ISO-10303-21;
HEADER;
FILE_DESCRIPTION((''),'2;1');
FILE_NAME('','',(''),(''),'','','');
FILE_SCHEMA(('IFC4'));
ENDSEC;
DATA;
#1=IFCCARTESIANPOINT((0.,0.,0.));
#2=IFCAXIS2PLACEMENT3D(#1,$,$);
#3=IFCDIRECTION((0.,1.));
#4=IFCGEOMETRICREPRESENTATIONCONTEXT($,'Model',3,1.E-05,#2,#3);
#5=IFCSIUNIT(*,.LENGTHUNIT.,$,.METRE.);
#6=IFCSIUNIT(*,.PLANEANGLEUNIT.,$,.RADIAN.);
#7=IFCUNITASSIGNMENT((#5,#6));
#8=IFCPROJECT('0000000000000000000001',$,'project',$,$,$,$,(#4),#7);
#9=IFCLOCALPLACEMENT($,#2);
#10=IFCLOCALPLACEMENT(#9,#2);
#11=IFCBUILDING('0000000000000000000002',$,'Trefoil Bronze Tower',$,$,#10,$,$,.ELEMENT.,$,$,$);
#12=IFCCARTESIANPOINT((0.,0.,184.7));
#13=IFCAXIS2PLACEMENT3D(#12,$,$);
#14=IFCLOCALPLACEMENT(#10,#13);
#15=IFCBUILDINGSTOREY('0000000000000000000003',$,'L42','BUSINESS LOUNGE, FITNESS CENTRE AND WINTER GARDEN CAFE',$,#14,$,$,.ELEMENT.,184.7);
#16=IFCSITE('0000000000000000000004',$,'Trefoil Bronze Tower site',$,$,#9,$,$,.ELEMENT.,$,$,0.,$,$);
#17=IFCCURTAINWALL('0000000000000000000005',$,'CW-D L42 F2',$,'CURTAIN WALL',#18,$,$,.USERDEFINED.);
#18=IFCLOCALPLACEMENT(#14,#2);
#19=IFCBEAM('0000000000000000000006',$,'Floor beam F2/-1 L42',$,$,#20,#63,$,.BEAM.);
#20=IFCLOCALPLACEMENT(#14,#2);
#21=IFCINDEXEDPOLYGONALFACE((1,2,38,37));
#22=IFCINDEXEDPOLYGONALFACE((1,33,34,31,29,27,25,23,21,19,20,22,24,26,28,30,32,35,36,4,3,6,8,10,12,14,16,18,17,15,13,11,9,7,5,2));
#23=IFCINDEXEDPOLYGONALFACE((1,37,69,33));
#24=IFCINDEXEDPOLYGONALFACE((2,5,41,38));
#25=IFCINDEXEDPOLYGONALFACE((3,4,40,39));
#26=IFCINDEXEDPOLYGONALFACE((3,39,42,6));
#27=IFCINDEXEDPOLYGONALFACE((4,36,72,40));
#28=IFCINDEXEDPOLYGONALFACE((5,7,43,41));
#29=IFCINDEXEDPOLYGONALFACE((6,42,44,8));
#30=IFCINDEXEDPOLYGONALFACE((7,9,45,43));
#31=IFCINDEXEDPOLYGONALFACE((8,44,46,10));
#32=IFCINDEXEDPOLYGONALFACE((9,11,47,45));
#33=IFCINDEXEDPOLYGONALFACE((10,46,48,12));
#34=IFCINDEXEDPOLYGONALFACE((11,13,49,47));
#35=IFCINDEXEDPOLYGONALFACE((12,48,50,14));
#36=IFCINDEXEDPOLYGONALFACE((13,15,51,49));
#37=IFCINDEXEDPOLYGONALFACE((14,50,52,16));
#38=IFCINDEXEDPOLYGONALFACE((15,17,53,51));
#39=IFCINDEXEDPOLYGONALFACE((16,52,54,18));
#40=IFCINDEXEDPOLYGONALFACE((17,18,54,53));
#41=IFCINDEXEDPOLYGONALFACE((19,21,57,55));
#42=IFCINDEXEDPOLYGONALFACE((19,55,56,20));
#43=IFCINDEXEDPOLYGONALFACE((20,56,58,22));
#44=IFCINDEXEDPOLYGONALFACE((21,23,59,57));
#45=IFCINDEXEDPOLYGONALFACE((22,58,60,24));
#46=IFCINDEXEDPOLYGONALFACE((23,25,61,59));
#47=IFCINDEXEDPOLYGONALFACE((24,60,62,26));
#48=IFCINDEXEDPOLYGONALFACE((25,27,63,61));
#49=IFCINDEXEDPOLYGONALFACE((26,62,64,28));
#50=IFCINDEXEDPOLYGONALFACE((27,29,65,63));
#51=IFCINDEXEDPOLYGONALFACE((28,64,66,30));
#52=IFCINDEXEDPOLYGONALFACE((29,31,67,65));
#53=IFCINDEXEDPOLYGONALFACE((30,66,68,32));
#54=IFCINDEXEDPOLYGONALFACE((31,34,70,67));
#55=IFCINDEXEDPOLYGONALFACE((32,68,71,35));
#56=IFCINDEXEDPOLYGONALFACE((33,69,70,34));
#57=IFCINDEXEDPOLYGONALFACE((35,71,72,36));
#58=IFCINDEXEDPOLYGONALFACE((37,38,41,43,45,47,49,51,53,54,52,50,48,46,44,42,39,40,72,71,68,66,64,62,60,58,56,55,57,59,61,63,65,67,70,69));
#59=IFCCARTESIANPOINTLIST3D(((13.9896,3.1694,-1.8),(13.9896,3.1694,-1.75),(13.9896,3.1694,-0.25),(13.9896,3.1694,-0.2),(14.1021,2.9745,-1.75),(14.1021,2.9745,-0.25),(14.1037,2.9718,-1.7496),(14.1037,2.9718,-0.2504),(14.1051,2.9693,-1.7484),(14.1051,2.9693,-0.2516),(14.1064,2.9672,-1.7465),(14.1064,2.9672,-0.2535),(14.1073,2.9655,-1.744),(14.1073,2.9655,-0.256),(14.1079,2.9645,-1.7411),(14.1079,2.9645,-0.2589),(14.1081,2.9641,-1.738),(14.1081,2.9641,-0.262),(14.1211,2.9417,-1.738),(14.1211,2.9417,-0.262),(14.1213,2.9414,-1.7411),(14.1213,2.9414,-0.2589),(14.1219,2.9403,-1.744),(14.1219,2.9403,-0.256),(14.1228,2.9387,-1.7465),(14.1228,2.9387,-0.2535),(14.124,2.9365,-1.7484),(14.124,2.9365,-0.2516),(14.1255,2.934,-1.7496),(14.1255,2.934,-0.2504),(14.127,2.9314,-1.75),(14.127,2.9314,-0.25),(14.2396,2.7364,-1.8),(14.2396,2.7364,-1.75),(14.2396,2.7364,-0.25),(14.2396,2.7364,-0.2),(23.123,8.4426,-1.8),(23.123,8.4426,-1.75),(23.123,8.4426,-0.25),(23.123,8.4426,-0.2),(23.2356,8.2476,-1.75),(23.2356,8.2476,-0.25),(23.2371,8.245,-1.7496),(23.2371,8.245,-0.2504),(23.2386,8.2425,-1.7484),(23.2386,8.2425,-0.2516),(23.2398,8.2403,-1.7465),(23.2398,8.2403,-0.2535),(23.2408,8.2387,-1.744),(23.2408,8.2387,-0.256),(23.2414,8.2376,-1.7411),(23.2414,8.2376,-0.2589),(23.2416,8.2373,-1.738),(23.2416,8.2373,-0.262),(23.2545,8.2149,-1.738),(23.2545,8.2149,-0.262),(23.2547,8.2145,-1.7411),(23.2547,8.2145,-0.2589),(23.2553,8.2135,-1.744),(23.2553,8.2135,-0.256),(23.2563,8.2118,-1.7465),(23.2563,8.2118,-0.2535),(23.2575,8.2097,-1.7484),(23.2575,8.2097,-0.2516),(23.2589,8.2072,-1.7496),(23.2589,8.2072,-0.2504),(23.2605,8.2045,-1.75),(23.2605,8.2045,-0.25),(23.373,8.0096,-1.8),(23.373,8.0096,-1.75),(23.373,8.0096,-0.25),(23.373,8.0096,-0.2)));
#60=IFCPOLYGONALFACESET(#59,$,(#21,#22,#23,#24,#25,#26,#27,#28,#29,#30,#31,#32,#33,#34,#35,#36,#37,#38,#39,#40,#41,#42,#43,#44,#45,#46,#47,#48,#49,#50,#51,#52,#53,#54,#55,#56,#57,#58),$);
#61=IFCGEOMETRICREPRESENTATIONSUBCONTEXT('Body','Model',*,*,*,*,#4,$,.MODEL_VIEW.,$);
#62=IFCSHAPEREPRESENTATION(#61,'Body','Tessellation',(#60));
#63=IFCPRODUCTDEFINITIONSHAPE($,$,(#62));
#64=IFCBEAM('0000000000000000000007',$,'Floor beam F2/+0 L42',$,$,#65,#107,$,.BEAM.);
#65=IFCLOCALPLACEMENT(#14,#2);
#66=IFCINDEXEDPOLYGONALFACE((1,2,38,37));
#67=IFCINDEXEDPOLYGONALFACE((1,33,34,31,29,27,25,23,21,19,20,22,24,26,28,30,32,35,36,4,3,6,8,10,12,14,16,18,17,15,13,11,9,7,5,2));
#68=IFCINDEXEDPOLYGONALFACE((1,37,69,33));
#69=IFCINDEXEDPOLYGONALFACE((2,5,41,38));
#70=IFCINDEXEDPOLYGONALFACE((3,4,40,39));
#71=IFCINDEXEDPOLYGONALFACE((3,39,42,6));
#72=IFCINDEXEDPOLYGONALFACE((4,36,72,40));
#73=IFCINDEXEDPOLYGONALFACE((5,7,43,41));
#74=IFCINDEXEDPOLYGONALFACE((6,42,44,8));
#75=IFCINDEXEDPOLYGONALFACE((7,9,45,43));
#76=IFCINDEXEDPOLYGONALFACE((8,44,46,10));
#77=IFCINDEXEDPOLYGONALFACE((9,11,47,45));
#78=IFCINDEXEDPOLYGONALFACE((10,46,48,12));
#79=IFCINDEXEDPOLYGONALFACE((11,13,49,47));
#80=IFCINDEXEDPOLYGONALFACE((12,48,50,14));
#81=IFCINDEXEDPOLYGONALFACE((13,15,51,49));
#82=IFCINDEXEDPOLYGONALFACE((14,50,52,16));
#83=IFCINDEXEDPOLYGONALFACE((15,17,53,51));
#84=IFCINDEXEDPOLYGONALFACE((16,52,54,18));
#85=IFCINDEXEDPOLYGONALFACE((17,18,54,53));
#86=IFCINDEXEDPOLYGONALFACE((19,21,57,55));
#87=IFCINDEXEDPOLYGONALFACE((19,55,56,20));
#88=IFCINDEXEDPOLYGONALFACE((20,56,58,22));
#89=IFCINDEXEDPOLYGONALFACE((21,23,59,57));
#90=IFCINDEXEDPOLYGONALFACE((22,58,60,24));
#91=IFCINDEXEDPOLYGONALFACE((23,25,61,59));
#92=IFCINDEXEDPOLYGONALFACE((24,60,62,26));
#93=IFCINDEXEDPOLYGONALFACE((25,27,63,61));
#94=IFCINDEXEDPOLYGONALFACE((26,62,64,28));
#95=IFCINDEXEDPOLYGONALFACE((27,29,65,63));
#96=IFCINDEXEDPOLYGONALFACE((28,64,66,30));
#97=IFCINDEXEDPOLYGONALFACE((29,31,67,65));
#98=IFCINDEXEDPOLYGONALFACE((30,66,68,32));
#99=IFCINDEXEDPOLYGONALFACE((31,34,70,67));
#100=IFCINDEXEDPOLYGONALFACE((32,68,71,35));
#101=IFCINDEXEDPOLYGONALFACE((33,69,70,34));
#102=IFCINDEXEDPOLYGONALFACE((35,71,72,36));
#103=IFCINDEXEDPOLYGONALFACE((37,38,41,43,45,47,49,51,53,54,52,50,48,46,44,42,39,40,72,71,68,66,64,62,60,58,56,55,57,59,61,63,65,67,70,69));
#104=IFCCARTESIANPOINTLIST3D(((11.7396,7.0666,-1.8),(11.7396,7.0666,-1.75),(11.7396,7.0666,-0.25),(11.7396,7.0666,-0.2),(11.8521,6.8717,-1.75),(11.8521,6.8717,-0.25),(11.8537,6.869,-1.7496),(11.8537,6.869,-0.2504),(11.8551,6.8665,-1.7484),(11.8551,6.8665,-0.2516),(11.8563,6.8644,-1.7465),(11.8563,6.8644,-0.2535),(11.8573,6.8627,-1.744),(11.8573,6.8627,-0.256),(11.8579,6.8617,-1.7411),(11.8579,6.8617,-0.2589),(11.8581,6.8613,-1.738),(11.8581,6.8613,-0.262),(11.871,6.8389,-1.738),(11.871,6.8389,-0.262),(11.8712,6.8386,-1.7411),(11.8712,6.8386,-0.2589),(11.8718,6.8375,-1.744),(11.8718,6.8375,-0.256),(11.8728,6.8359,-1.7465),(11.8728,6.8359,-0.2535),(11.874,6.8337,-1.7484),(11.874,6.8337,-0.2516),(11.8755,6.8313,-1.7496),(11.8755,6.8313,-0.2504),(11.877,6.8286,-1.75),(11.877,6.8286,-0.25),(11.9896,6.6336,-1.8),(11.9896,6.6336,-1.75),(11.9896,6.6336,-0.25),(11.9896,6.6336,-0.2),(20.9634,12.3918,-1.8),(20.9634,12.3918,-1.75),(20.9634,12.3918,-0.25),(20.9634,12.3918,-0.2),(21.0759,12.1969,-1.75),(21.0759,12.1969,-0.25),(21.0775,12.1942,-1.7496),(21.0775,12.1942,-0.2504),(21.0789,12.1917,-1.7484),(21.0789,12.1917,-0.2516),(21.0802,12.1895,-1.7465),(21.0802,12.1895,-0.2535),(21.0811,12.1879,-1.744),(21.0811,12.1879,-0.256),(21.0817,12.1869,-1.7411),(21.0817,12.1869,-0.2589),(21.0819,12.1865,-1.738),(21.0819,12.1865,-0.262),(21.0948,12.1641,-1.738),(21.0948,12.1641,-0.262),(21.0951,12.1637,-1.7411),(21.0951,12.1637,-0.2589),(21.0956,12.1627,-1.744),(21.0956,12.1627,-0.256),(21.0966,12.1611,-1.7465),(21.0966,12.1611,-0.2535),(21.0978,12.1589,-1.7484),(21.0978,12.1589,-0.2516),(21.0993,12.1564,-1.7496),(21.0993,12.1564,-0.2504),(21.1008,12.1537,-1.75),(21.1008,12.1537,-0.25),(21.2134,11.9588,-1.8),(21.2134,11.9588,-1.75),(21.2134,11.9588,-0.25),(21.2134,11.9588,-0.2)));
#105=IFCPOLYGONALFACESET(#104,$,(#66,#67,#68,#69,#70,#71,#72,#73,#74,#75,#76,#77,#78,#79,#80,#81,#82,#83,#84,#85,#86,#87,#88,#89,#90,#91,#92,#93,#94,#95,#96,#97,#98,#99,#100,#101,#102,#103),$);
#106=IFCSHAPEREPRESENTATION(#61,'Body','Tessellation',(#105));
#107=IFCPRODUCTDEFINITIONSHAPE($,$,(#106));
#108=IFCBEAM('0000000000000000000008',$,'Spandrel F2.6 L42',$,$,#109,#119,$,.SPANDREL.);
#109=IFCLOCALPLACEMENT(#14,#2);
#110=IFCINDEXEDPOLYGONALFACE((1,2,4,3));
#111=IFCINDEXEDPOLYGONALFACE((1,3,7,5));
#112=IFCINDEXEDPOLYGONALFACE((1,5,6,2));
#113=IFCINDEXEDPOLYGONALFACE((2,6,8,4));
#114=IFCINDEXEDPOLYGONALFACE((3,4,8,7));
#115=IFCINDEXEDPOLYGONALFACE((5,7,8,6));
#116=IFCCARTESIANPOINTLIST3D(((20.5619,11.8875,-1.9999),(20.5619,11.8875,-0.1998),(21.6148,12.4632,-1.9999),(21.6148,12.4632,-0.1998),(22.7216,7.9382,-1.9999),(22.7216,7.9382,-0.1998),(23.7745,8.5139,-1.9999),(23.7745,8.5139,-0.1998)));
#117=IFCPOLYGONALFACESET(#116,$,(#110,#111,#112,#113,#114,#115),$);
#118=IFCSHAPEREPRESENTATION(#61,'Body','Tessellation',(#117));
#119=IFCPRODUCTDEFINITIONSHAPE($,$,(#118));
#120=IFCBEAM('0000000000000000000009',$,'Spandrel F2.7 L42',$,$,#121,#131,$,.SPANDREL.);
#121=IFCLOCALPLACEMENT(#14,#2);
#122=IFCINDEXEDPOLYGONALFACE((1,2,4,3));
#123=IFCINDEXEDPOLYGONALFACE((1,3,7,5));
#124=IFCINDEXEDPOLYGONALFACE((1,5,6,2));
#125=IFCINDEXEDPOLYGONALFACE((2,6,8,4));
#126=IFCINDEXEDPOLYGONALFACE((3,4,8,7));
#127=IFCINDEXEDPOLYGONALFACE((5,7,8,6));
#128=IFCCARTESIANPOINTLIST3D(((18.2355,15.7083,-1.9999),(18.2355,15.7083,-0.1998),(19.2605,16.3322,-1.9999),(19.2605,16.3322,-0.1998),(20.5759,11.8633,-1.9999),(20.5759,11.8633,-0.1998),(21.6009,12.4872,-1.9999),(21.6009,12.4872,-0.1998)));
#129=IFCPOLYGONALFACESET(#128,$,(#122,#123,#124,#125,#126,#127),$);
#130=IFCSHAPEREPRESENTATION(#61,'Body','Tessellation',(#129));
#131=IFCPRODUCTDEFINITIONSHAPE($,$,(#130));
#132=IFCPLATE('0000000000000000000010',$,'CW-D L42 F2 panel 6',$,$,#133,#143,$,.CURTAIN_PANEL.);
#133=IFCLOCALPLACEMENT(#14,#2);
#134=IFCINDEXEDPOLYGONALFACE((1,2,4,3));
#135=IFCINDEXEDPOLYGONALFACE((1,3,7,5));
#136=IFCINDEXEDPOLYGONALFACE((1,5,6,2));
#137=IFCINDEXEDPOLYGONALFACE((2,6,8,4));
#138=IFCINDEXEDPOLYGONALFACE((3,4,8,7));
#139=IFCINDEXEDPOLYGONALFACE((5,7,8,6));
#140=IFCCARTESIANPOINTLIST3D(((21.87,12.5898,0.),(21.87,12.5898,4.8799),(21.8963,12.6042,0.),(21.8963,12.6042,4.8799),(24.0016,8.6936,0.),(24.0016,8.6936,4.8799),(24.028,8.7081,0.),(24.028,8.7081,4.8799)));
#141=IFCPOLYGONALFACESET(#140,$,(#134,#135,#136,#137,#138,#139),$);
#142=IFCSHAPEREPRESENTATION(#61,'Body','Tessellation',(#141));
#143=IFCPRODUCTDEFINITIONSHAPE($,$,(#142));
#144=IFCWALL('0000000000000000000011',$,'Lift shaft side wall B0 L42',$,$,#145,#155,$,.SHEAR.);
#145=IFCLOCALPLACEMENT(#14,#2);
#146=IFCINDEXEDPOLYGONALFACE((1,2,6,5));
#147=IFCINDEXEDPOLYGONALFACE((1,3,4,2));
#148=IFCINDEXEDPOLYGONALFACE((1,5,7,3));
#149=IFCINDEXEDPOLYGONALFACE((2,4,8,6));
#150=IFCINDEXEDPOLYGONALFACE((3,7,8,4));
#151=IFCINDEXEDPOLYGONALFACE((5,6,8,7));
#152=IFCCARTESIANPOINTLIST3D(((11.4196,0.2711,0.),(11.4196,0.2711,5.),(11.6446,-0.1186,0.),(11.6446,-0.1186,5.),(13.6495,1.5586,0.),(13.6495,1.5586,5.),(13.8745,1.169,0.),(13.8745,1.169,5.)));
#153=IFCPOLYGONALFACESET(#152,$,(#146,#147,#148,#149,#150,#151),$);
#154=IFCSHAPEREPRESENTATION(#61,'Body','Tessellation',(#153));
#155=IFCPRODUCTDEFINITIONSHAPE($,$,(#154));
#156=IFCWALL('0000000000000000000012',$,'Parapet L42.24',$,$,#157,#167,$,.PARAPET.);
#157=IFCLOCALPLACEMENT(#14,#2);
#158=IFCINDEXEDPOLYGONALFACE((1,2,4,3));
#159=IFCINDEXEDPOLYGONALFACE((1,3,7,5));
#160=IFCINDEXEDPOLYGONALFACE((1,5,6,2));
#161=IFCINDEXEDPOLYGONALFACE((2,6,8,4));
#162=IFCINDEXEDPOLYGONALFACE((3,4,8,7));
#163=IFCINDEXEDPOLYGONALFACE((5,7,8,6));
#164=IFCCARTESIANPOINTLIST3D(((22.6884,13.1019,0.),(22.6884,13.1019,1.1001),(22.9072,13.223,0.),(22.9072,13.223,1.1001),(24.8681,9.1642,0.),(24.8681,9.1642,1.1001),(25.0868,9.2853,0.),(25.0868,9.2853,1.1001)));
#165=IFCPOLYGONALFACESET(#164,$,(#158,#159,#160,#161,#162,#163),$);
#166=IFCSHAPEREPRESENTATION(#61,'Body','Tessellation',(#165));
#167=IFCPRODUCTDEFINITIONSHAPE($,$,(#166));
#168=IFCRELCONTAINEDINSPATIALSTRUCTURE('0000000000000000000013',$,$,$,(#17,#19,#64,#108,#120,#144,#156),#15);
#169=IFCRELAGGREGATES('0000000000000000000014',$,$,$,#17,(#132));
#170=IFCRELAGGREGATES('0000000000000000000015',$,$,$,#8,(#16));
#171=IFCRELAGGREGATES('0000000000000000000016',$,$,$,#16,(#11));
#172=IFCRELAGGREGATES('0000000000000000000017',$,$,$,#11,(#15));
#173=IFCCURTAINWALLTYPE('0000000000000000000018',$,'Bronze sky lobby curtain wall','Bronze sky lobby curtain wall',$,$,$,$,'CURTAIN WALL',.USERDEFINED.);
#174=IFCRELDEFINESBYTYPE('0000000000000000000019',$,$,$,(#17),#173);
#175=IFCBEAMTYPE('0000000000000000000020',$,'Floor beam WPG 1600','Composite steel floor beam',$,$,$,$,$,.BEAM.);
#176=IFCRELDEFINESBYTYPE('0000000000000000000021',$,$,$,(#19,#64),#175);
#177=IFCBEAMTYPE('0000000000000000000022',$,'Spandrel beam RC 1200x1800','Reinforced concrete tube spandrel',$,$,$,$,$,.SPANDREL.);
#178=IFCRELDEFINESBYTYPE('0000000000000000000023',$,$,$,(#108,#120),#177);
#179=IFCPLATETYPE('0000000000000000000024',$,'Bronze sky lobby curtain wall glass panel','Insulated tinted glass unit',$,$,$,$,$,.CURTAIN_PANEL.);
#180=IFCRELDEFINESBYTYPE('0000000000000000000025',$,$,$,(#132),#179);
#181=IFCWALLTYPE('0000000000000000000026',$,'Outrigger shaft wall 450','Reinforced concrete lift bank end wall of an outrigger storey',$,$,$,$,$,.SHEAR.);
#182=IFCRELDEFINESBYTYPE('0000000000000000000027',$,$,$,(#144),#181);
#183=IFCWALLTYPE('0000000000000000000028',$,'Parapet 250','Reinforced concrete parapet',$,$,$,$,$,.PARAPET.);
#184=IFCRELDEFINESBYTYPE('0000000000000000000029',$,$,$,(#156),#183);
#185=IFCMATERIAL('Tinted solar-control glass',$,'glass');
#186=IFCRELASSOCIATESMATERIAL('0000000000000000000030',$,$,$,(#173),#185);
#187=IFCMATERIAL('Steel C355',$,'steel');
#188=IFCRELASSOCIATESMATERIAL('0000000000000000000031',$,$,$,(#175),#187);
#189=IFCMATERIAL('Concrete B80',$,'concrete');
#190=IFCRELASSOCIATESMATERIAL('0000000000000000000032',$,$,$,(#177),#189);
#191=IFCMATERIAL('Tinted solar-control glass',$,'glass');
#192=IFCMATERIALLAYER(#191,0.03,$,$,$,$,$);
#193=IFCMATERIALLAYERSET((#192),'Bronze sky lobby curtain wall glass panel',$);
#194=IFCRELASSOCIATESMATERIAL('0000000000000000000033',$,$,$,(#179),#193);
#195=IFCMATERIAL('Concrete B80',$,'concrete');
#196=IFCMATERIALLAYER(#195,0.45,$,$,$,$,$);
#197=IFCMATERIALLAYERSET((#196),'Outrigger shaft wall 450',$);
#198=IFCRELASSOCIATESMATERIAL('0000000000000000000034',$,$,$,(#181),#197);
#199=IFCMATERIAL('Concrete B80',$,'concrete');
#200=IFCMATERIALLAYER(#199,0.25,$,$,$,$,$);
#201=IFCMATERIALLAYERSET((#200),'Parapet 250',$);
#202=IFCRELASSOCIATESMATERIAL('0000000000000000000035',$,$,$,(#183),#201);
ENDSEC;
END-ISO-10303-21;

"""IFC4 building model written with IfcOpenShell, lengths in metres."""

from ifc_helpers import new_model, si_unit, direction, frame, frame_2d, origin, origin_2d, place, context, subcontext, project, spatial, rectangle, i_section, extrude, material, layer, layer_set, material_profile, profile_set, type_object, element, aggregate, save


model = new_model("IFC4")

# Units and contexts
model_context = context("Model", 3, precision=1e-05, world=origin(), true_north=direction((0.0, 1.0)))
body_context = subcontext(model_context, "Body", "Model", "MODEL_VIEW")
ifc_project = project(units=[si_unit("LENGTHUNIT", "METRE"), si_unit("PLANEANGLEUNIT", "RADIAN")], contexts=[model_context])

# Site, building, storey
site_placement = place(None, origin())
site = spatial("IfcSite", under=ifc_project, at=site_placement, Name="Trefoil Bronze Tower site", CompositionType="ELEMENT", RefElevation=0.0)
building_placement = place(site_placement, origin())
building = spatial("IfcBuilding", under=site, at=building_placement, Name="Trefoil Bronze Tower", CompositionType="ELEMENT")
storey_placement = place(building_placement, frame((0.0, 0.0, 184.7)))
storey = spatial("IfcBuildingStorey", under=building, at=storey_placement, Name="L42", Description="BUSINESS LOUNGE, FITNESS CENTRE AND WINTER GARDEN CAFE", CompositionType="ELEMENT", Elevation=184.7)

# Curtain wall
ifc_material_1 = material(Name="Tinted solar-control glass", Category="glass")
curtain_wall_type = type_object("IfcCurtainWallType", Name="Bronze sky lobby curtain wall", Description="Bronze sky lobby curtain wall", ElementType="CURTAIN WALL", PredefinedType="USERDEFINED", material=ifc_material_1)
curtain_wall_placement = place(storey_placement, origin())
curtain_wall = element("IfcCurtainWall", 1, at=curtain_wall_placement, inside=storey, type_object=curtain_wall_type, Name="CW-D L42 F2", ObjectType="CURTAIN WALL", PredefinedType="USERDEFINED")

# Beams
ifc_material_2 = material(Name="Steel C355", Category="steel")
ifc_material_profile_1 = material_profile(ifc_material_2, i_section(OverallWidth=0.5, OverallDepth=1.6001, WebThickness=0.0259, FlangeThickness=0.05, FilletRadius=0.012, at=origin_2d()), Name="WPG 1600")
ifc_profile_set_1 = profile_set([ifc_material_profile_1], Name="Steel C355")
beam_type_1 = type_object("IfcBeamType", Name="Floor beam WPG 1600", Description="Composite steel floor beam", PredefinedType="BEAM", material=ifc_profile_set_1)
beam_1_placement = place(storey_placement, frame((23.248, 8.2261, -1.0), z_axis=(-0.866028, -0.499996, 0.0), x_axis=(0.499996, -0.866028, 0.0)))
element("IfcBeam", 2, at=beam_1_placement, inside=storey, type_object=beam_type_1, Name="Floor beam F2/-1 L42", PredefinedType="BEAM", context=body_context, shape_type="SweptSolid", body=[
    extrude(i_section(OverallWidth=0.5, OverallDepth=1.6001, WebThickness=0.0259, FlangeThickness=0.05, FilletRadius=0.012, at=origin_2d()), origin(), (0.0, 0.0, 1.0), 10.5464),
])
beam_2_placement = place(storey_placement, frame((21.0884, 12.1753, -1.0), z_axis=(-0.866034, -0.499985, 0.0), x_axis=(0.499985, -0.866034, 0.0)))
element("IfcBeam", 3, at=beam_2_placement, inside=storey, type_object=beam_type_1, Name="Floor beam F2/+0 L42", PredefinedType="BEAM", context=body_context, shape_type="SweptSolid", body=[
    extrude(i_section(OverallWidth=0.5, OverallDepth=1.6001, WebThickness=0.0259, FlangeThickness=0.05, FilletRadius=0.012, at=origin_2d()), origin(), (0.0, 0.0, 1.0), 10.6506),
])
ifc_material_3 = material(Name="Concrete B80", Category="concrete")
ifc_material_profile_2 = material_profile(ifc_material_3, rectangle(XDim=1.2, YDim=1.8, at=origin_2d()), Name="RC 1200x1800")
ifc_profile_set_2 = profile_set([ifc_material_profile_2], Name="Concrete B80")
beam_type_2 = type_object("IfcBeamType", Name="Spandrel beam RC 1200x1800", Description="Reinforced concrete tube spandrel", PredefinedType="SPANDREL", material=ifc_profile_set_2)
for number, where, z_axis, x_axis, name in (
    (4, (23.248, 8.2261, -1.0999), (-0.479802, 0.877377, 0.0), (-0.877377, -0.479802, 0.0), "Spandrel F2.6 L42"),
    (5, (21.0884, 12.1753, -1.0999), (-0.519933, 0.854207, 0.0), (-0.854207, -0.519933, 0.0), "Spandrel F2.7 L42"),
):
    element("IfcBeam", number, at=place(storey_placement, frame(where, z_axis=z_axis, x_axis=x_axis)), inside=storey, type_object=beam_type_2, Name=name, PredefinedType="SPANDREL", context=body_context, shape_type="SweptSolid", body=[
        extrude(rectangle(XDim=1.2, YDim=1.8, at=origin_2d()), origin(), (0.0, 0.0, 1.0), 4.5012),
    ])

# Plate
ifc_material_4 = material(Name="Tinted solar-control glass", Category="glass")
ifc_layer_1 = layer(ifc_material_4, 0.03)
ifc_layer_set_1 = layer_set([ifc_layer_1], Name="Bronze sky lobby curtain wall glass panel")
plate_type = type_object("IfcPlateType", Name="Bronze sky lobby curtain wall glass panel", Description="Insulated tinted glass unit", PredefinedType="CURTAIN_PANEL", material=ifc_layer_set_1)
plate_placement = place(storey_placement, frame((22.949, 10.6489, 0.0), z_axis=(0.0, 0.0, 1.0), x_axis=(-0.479974, 0.877283, 0.0)))
plate = element("IfcPlate", 6, at=plate_placement, type_object=plate_type, Name="CW-D L42 F2 panel 6", PredefinedType="CURTAIN_PANEL", context=body_context, shape_type="SweptSolid", body=[
    extrude(rectangle(XDim=4.4412, YDim=0.03, at=origin_2d()), origin(), (0.0, 0.0, 1.0), 4.8799),
])
aggregate(curtain_wall, [plate])

# Walls
ifc_material_5 = material(Name="Concrete B80", Category="concrete")
ifc_layer_2 = layer(ifc_material_5, 0.45)
ifc_layer_set_2 = layer_set([ifc_layer_2], Name="Outrigger shaft wall 450")
wall_type_1 = type_object("IfcWallType", Name="Outrigger shaft wall 450", Description="Reinforced concrete lift bank end wall of an outrigger storey", PredefinedType="SHEAR", material=ifc_layer_set_2)
wall_1_placement = place(storey_placement, frame((11.532, 0.0762, 0.0), z_axis=(0.0, 0.0, 1.0), x_axis=(0.866006, 0.500034, 0.0)))
element("IfcWall", 7, at=wall_1_placement, inside=storey, type_object=wall_type_1, Name="Lift shaft side wall B0 L42", PredefinedType="SHEAR", context=body_context, shape_type="SweptSolid", body=[
    extrude(rectangle(XDim=2.575, YDim=0.45, at=frame_2d((1.2876, 0.0))), origin(), (0.0, 0.0, 1.0), 5.0),
])
ifc_material_6 = material(Name="Concrete B80", Category="concrete")
ifc_layer_3 = layer(ifc_material_6, 0.25)
ifc_layer_set_3 = layer_set([ifc_layer_3], Name="Parapet 250")
wall_type_2 = type_object("IfcWallType", Name="Parapet 250", Description="Reinforced concrete parapet", PredefinedType="PARAPET", material=ifc_layer_set_3)
wall_2_placement = place(storey_placement, frame((24.9775, 9.2246, 0.0), z_axis=(0.0, 0.0, 1.0), x_axis=(-0.484293, 0.874906, 0.0)))
element("IfcWall", 8, at=wall_2_placement, inside=storey, type_object=wall_type_2, Name="Parapet L42.24", PredefinedType="PARAPET", context=body_context, shape_type="SweptSolid", body=[
    extrude(rectangle(XDim=4.5007, YDim=0.25, at=frame_2d((2.2505, 0.0))), origin(), (0.0, 0.0, 1.0), 1.1001),
])

save(model, "model.ifc")
